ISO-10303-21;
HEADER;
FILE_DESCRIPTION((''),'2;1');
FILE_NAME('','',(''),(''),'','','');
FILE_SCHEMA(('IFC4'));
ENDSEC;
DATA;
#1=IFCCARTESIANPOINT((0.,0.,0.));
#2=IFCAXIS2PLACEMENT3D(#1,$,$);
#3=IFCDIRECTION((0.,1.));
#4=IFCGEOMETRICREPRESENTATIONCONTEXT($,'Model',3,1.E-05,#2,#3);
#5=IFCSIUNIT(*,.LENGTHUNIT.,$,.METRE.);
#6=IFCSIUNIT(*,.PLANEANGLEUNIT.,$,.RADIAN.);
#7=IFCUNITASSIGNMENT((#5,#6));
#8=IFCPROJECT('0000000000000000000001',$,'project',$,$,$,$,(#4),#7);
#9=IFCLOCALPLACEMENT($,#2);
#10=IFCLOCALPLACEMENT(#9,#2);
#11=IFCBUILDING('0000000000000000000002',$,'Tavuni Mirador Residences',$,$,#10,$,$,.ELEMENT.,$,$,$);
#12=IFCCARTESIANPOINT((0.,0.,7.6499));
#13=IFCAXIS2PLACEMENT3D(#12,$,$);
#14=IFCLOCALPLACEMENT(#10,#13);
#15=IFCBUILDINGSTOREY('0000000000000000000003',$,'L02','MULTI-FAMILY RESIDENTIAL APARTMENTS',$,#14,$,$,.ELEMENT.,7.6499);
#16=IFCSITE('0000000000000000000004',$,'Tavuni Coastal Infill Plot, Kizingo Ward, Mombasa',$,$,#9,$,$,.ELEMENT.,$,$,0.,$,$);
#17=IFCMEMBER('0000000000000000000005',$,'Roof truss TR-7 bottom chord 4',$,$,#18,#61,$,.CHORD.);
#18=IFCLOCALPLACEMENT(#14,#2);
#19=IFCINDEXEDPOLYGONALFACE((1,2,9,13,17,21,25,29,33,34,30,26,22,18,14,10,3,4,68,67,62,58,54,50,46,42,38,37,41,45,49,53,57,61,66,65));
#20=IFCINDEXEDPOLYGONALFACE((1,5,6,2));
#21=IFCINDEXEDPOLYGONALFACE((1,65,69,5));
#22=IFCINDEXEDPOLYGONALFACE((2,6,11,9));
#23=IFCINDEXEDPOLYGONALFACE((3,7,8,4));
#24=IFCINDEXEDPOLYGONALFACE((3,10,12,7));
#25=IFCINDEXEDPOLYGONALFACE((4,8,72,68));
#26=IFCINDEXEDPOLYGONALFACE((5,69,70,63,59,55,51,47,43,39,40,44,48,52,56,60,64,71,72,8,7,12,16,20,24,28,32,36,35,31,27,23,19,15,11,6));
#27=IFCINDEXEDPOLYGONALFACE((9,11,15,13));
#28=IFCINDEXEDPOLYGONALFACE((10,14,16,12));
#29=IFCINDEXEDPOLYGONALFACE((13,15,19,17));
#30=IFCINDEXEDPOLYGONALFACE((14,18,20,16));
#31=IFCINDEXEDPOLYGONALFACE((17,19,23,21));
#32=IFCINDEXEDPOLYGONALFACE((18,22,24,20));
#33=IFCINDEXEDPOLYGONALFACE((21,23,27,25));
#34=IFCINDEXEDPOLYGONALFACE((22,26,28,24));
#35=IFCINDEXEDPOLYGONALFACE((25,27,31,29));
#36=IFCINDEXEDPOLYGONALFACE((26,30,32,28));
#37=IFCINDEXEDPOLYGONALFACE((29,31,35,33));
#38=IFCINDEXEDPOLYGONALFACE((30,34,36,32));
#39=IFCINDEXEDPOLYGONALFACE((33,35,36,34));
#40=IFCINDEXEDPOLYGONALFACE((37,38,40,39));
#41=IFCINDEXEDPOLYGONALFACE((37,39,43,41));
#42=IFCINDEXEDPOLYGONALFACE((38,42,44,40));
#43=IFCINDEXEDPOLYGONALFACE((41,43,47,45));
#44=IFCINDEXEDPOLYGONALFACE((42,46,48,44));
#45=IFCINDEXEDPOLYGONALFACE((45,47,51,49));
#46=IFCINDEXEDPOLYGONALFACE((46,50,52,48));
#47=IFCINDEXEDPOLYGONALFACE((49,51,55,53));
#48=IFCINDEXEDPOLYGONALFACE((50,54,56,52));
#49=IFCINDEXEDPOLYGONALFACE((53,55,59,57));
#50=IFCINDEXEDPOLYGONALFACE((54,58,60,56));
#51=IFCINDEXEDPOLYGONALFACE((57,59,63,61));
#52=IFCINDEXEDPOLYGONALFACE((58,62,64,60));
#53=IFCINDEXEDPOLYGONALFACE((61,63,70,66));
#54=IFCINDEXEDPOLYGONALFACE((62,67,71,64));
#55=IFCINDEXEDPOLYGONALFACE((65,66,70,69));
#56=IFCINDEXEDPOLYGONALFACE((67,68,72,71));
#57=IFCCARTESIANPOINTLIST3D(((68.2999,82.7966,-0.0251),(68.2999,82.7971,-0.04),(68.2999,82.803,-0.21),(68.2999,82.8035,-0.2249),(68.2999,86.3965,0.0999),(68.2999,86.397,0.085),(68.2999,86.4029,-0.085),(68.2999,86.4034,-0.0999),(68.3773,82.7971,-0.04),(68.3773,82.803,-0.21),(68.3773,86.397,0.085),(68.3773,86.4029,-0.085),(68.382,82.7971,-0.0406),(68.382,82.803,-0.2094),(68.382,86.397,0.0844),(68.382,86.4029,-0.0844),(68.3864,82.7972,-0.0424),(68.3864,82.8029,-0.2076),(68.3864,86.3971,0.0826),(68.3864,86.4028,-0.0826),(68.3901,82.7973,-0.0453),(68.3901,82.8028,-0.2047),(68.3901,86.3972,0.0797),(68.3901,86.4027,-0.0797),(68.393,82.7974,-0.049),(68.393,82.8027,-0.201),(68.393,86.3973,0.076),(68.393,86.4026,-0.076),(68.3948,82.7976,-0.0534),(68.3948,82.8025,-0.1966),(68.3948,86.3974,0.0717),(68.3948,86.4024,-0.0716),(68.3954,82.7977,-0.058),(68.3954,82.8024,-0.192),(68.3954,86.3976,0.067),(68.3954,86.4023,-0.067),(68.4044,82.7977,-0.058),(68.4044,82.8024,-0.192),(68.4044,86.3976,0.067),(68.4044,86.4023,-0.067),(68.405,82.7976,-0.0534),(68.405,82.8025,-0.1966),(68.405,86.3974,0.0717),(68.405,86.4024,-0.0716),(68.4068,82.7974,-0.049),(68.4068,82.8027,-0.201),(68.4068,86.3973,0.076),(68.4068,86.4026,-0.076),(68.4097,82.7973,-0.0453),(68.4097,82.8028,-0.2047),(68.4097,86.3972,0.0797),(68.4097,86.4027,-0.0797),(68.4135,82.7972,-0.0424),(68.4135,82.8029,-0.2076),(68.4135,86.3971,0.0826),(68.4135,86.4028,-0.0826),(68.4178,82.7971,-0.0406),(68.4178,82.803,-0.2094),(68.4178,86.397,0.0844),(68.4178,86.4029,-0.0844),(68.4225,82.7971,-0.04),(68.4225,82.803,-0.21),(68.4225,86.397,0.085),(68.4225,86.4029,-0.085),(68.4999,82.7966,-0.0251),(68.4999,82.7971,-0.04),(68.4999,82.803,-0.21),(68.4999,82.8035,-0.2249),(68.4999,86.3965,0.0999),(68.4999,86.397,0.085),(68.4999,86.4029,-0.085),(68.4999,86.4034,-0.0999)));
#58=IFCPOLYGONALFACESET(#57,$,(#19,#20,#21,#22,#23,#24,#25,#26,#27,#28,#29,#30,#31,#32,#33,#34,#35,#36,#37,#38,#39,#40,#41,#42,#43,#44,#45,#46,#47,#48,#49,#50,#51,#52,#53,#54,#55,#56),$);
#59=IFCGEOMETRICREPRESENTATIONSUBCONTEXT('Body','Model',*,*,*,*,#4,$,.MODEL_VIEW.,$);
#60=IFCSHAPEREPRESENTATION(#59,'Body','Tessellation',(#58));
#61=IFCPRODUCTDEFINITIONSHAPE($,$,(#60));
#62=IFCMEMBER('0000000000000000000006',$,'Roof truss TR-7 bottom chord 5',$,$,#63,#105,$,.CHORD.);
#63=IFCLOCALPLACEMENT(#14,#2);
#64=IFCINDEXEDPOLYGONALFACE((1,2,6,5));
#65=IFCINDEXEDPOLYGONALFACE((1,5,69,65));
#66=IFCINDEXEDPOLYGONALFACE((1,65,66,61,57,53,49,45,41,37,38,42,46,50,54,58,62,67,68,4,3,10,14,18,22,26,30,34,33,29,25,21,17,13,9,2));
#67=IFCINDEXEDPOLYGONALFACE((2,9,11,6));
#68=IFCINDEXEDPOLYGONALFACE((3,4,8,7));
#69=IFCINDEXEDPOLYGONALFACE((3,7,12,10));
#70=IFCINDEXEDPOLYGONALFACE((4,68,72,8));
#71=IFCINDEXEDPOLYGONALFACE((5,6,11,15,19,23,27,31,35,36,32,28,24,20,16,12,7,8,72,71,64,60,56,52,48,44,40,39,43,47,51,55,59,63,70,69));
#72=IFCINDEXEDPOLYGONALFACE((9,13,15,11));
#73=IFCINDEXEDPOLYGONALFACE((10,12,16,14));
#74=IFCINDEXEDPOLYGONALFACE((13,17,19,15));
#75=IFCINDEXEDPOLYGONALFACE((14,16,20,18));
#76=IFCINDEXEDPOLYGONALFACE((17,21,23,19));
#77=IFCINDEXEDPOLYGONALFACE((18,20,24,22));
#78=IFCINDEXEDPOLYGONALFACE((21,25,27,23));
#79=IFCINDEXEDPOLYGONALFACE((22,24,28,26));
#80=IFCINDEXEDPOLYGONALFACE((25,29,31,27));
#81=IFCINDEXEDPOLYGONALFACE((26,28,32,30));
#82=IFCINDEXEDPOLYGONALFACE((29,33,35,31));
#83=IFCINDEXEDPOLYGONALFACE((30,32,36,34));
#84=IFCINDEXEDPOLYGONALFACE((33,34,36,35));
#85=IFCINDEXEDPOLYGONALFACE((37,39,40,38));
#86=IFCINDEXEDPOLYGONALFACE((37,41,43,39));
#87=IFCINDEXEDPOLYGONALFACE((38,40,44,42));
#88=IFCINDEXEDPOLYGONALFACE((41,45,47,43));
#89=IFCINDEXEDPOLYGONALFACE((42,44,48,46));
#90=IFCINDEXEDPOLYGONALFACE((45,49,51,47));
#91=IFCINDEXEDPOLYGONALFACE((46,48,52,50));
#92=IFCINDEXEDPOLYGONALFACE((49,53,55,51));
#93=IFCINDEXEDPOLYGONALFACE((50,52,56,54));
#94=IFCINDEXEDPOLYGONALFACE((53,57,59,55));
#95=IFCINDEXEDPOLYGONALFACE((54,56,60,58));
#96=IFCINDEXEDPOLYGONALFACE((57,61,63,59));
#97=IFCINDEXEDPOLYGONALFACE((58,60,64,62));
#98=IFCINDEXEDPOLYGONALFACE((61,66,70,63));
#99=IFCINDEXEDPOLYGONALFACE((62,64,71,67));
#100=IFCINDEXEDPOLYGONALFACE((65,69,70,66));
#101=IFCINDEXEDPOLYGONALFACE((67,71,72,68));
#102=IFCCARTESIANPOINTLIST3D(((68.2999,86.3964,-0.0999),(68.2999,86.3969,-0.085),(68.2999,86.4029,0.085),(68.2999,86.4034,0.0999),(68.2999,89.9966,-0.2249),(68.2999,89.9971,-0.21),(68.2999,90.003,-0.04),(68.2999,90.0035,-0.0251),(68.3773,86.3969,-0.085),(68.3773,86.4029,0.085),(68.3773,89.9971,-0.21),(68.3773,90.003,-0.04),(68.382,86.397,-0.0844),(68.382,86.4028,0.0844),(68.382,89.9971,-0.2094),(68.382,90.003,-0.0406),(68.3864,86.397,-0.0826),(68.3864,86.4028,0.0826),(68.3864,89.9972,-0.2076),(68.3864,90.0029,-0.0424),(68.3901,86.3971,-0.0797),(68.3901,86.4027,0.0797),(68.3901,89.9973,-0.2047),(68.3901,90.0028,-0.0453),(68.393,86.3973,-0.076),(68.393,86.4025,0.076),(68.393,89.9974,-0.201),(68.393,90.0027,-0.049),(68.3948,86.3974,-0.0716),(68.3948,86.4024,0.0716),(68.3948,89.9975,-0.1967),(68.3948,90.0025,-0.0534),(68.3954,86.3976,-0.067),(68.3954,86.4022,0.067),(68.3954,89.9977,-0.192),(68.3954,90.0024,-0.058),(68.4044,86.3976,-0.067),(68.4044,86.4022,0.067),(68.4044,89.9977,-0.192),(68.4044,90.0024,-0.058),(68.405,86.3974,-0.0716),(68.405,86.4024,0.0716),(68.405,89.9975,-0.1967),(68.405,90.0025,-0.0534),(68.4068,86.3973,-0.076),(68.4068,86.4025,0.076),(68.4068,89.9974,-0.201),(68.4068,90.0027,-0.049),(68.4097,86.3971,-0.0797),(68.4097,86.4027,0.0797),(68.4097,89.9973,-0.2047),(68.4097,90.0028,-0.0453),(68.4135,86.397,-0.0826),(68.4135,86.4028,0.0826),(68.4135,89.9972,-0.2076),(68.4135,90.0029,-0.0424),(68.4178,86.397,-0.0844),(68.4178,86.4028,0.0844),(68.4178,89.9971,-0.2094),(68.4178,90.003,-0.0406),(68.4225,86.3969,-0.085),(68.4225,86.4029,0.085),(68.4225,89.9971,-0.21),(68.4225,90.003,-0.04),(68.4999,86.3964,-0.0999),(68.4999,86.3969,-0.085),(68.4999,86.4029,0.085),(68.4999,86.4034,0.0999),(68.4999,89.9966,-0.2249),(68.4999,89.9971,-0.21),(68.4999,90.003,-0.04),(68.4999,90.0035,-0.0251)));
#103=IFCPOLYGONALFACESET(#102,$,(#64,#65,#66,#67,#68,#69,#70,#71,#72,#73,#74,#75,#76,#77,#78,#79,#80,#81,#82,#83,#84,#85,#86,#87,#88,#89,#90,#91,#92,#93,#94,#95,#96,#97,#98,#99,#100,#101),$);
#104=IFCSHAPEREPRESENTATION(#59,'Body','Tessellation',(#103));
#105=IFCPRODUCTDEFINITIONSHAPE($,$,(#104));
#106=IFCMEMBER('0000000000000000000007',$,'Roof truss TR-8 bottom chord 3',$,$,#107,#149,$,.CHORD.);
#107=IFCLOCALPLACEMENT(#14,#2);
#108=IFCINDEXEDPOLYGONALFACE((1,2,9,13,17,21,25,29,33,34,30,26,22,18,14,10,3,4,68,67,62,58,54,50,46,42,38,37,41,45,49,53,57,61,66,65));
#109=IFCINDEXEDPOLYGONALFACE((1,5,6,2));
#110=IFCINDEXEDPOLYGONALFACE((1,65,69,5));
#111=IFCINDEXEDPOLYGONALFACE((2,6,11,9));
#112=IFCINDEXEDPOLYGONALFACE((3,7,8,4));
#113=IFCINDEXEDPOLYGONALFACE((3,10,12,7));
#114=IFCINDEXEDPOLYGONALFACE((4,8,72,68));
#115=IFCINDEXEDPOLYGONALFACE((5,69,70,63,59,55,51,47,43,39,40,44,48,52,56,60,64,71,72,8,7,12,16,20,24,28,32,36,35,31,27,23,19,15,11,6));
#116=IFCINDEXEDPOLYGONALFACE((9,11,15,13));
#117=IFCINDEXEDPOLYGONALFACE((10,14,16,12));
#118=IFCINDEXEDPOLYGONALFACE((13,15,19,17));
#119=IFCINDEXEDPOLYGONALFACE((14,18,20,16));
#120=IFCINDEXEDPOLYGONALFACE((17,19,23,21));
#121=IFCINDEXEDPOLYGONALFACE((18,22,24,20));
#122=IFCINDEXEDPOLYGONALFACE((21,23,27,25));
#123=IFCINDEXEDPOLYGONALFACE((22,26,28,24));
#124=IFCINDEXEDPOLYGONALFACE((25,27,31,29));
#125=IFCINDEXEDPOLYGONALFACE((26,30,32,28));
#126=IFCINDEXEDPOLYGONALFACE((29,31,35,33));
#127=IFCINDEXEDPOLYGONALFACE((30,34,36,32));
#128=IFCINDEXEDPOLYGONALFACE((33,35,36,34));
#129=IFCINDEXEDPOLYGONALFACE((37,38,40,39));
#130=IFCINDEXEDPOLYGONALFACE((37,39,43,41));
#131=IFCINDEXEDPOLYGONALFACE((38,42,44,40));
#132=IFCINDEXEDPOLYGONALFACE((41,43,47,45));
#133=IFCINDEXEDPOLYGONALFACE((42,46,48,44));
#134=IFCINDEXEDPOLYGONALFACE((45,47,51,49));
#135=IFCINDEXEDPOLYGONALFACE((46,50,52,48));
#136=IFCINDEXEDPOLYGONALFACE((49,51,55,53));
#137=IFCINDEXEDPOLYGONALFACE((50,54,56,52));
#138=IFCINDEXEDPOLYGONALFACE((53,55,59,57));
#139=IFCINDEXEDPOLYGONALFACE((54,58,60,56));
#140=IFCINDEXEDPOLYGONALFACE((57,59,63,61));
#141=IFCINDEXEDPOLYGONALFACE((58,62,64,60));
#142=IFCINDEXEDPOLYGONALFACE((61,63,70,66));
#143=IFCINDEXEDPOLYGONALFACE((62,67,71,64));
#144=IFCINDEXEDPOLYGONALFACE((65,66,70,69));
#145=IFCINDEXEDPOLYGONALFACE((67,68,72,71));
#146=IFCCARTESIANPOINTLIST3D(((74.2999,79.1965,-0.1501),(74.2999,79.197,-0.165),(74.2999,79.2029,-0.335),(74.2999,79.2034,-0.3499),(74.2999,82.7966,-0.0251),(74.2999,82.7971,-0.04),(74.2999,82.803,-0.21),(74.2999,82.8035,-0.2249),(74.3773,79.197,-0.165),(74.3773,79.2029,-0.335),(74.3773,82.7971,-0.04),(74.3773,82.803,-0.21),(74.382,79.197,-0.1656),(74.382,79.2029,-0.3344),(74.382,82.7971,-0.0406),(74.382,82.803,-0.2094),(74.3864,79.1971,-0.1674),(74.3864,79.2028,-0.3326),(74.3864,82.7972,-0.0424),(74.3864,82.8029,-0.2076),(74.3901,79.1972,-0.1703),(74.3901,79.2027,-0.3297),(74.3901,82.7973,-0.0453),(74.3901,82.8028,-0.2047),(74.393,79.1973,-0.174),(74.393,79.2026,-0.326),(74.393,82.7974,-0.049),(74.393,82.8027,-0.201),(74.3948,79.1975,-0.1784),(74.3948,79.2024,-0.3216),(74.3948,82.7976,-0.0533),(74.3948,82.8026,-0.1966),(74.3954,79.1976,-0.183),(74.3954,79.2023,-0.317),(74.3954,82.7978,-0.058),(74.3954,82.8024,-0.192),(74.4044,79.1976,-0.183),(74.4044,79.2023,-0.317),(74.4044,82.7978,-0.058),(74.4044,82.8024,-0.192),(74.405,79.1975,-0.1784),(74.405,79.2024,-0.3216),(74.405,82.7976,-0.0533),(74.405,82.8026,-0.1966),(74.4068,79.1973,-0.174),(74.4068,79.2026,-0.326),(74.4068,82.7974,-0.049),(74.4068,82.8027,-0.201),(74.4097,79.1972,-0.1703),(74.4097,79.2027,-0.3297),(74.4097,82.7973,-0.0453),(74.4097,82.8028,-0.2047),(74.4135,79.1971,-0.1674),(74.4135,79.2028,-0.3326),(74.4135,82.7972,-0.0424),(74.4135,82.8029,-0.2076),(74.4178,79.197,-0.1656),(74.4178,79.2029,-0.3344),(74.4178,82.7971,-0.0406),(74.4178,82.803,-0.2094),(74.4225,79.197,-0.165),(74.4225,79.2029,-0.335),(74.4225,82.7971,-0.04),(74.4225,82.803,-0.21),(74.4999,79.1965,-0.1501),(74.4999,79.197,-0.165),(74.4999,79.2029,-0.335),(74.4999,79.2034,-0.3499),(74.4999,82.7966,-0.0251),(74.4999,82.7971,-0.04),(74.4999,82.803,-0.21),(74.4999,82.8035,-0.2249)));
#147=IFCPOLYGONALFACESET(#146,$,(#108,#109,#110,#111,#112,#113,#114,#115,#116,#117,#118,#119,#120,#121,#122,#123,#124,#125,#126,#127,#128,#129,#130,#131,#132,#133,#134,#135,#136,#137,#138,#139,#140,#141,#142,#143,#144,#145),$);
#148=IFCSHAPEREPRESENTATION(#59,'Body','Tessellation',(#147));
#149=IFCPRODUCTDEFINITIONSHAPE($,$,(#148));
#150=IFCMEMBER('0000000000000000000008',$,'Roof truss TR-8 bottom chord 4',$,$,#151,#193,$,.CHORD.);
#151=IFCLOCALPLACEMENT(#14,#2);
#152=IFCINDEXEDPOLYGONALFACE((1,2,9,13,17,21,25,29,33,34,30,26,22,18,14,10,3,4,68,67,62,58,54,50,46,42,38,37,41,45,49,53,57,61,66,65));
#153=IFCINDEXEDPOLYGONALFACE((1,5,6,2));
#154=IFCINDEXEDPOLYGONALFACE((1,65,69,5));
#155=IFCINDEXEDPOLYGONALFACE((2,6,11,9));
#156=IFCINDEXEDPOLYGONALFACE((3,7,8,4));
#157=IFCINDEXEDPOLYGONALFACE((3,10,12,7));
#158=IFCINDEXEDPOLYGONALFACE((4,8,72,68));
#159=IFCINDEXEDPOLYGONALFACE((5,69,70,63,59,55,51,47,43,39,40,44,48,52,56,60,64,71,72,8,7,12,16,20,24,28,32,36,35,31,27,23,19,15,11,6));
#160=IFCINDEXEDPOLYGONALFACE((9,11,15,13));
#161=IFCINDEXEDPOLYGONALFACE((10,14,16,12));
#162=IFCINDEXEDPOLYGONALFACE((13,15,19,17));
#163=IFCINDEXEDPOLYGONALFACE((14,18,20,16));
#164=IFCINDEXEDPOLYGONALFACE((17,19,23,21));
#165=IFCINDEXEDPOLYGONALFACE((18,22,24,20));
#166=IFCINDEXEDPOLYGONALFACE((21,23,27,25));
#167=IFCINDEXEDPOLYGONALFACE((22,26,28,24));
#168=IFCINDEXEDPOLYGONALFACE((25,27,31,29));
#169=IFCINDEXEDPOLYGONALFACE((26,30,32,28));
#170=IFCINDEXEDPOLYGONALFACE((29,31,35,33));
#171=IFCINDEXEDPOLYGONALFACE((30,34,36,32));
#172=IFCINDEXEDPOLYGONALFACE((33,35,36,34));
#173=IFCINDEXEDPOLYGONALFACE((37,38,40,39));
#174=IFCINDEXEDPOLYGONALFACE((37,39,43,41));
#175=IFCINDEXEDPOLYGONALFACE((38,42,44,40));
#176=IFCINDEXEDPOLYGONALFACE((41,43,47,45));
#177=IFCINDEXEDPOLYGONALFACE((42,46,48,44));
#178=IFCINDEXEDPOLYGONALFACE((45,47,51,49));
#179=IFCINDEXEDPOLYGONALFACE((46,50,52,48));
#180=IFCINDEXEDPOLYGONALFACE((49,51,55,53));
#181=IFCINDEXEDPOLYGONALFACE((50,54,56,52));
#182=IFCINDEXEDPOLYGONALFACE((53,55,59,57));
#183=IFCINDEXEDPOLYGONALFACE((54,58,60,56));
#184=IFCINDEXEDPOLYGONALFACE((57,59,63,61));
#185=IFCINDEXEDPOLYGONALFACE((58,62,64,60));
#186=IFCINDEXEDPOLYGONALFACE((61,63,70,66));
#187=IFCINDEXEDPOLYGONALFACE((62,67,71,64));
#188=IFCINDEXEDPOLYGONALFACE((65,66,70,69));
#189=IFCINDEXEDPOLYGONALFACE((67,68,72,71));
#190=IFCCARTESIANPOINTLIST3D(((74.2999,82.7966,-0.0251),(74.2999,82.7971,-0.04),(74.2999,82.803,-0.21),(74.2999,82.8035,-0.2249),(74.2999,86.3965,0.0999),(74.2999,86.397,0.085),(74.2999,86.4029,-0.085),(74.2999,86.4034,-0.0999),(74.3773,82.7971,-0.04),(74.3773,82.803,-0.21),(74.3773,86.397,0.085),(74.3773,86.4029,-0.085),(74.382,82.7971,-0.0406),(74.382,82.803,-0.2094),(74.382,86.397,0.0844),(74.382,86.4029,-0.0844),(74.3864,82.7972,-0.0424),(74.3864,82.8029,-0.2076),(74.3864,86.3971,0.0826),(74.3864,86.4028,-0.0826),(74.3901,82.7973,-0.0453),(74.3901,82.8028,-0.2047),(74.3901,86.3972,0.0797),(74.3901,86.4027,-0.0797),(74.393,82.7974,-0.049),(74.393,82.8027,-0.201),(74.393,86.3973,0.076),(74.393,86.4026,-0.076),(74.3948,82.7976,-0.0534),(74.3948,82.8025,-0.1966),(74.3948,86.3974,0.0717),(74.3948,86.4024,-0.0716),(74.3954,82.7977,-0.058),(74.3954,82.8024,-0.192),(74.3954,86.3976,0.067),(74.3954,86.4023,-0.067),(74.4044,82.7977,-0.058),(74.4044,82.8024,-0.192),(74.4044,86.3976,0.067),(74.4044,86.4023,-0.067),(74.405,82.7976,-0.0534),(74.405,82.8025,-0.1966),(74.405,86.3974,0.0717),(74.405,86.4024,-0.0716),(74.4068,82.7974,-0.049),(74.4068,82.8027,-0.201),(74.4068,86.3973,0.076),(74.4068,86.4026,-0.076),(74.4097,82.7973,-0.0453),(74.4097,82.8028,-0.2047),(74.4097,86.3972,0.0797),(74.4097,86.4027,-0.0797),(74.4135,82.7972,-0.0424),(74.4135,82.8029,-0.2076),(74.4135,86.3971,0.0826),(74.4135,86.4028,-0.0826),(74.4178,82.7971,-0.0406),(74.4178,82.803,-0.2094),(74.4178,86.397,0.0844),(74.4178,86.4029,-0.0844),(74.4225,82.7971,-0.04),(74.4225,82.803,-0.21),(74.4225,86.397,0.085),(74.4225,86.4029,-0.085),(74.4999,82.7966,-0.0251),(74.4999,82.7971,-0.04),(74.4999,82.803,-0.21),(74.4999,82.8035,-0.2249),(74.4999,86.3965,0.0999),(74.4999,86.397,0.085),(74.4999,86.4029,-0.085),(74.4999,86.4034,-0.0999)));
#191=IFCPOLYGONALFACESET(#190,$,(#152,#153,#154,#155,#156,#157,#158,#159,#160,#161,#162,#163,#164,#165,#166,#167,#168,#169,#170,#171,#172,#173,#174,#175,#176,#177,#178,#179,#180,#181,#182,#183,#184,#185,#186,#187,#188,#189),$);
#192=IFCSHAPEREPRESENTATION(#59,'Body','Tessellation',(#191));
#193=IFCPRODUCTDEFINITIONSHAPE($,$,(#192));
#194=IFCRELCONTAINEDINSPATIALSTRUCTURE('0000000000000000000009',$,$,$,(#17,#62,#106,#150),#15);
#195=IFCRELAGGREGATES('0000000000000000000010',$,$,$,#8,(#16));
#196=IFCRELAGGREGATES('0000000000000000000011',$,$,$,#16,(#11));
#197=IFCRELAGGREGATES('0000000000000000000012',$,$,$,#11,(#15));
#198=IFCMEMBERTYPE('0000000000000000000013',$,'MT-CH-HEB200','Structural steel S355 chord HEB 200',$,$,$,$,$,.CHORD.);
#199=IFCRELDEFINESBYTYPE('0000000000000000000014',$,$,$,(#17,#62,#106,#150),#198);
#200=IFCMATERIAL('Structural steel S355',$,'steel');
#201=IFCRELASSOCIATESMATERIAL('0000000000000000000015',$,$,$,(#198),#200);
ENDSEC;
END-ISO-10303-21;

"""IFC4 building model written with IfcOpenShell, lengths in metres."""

from ifc_helpers import new_model, si_unit, direction, frame, origin, origin_2d, place, context, subcontext, project, spatial, i_section, extrude, material, material_profile, profile_set, type_object, element, save


model = new_model("IFC4")

# Units and contexts
model_context = context("Model", 3, precision=1e-05, world=origin(), true_north=direction((0.0, 1.0)))
body_context = subcontext(model_context, "Body", "Model", "MODEL_VIEW")
ifc_project = project(units=[si_unit("LENGTHUNIT", "METRE"), si_unit("PLANEANGLEUNIT", "RADIAN")], contexts=[model_context])

# Site, building, storey
site_placement = place(None, origin())
site = spatial("IfcSite", under=ifc_project, at=site_placement, Name="Tavuni Coastal Infill Plot, Kizingo Ward, Mombasa", CompositionType="ELEMENT", RefElevation=0.0)
building_placement = place(site_placement, origin())
building = spatial("IfcBuilding", under=site, at=building_placement, Name="Tavuni Mirador Residences", CompositionType="ELEMENT")
storey_placement = place(building_placement, frame((0.0, 0.0, 7.6499)))
storey = spatial("IfcBuildingStorey", under=building, at=storey_placement, Name="L02", Description="MULTI-FAMILY RESIDENTIAL APARTMENTS", CompositionType="ELEMENT", Elevation=7.6499)

# Members
ifc_material_1 = material(Name="Structural steel S355", Category="steel")
ifc_material_profile_1 = material_profile(ifc_material_1, i_section(OverallWidth=0.2, OverallDepth=0.2, WebThickness=0.009, FlangeThickness=0.0149, FilletRadius=0.0181, at=origin_2d()), Name="HEB 200", Category="steel")
ifc_profile_set_1 = profile_set([ifc_material_profile_1], Name="Structural steel S355")
member_type_1 = type_object("IfcMemberType", Name="MT-CH-HEB200", Description="Structural steel S355 chord HEB 200", PredefinedType="CHORD", material=ifc_profile_set_1)
member_1_placement = place(storey_placement, frame((68.3999, 82.8, -0.125), z_axis=(0.0, 0.999398, 0.034703), x_axis=(-1.0, 0.0, 0.0)))
element("IfcMember", 1, at=member_1_placement, inside=storey, type_object=member_type_1, Name="Roof truss TR-7 bottom chord 4", PredefinedType="CHORD", context=body_context, shape_type="SweptSolid", body=[
    extrude(i_section(OverallWidth=0.2, OverallDepth=0.2, WebThickness=0.009, FlangeThickness=0.0149, FilletRadius=0.0181, at=origin_2d()), origin(), (0.0, 0.0, 1.0), 3.6021),
])
for number, where, z_axis, x_axis, name in (
    (2, (68.3999, 86.3999, 0.0), (0.0, 0.999398, -0.0347), (-1.0, 0.0, 0.0), "Roof truss TR-7 bottom chord 5"),
    (3, (74.3999, 79.2, -0.25), (0.0, 0.999398, 0.0347), (-1.0, 0.0, 0.0), "Roof truss TR-8 bottom chord 3"),
):
    element("IfcMember", number, at=place(storey_placement, frame(where, z_axis=z_axis, x_axis=x_axis)), inside=storey, type_object=member_type_1, Name=name, PredefinedType="CHORD", context=body_context, shape_type="SweptSolid", body=[
        extrude(i_section(OverallWidth=0.2, OverallDepth=0.2, WebThickness=0.009, FlangeThickness=0.0149, FilletRadius=0.0181, at=origin_2d()), origin(), (0.0, 0.0, 1.0), 3.6023),
    ])
member_2_placement = place(storey_placement, frame((74.3999, 82.8, -0.125), z_axis=(0.0, 0.999398, 0.034703), x_axis=(-1.0, 0.0, 0.0)))
element("IfcMember", 4, at=member_2_placement, inside=storey, type_object=member_type_1, Name="Roof truss TR-8 bottom chord 4", PredefinedType="CHORD", context=body_context, shape_type="SweptSolid", body=[
    extrude(i_section(OverallWidth=0.2, OverallDepth=0.2, WebThickness=0.009, FlangeThickness=0.0149, FilletRadius=0.0181, at=origin_2d()), origin(), (0.0, 0.0, 1.0), 3.6021),
])

save(model, "model.ifc")
